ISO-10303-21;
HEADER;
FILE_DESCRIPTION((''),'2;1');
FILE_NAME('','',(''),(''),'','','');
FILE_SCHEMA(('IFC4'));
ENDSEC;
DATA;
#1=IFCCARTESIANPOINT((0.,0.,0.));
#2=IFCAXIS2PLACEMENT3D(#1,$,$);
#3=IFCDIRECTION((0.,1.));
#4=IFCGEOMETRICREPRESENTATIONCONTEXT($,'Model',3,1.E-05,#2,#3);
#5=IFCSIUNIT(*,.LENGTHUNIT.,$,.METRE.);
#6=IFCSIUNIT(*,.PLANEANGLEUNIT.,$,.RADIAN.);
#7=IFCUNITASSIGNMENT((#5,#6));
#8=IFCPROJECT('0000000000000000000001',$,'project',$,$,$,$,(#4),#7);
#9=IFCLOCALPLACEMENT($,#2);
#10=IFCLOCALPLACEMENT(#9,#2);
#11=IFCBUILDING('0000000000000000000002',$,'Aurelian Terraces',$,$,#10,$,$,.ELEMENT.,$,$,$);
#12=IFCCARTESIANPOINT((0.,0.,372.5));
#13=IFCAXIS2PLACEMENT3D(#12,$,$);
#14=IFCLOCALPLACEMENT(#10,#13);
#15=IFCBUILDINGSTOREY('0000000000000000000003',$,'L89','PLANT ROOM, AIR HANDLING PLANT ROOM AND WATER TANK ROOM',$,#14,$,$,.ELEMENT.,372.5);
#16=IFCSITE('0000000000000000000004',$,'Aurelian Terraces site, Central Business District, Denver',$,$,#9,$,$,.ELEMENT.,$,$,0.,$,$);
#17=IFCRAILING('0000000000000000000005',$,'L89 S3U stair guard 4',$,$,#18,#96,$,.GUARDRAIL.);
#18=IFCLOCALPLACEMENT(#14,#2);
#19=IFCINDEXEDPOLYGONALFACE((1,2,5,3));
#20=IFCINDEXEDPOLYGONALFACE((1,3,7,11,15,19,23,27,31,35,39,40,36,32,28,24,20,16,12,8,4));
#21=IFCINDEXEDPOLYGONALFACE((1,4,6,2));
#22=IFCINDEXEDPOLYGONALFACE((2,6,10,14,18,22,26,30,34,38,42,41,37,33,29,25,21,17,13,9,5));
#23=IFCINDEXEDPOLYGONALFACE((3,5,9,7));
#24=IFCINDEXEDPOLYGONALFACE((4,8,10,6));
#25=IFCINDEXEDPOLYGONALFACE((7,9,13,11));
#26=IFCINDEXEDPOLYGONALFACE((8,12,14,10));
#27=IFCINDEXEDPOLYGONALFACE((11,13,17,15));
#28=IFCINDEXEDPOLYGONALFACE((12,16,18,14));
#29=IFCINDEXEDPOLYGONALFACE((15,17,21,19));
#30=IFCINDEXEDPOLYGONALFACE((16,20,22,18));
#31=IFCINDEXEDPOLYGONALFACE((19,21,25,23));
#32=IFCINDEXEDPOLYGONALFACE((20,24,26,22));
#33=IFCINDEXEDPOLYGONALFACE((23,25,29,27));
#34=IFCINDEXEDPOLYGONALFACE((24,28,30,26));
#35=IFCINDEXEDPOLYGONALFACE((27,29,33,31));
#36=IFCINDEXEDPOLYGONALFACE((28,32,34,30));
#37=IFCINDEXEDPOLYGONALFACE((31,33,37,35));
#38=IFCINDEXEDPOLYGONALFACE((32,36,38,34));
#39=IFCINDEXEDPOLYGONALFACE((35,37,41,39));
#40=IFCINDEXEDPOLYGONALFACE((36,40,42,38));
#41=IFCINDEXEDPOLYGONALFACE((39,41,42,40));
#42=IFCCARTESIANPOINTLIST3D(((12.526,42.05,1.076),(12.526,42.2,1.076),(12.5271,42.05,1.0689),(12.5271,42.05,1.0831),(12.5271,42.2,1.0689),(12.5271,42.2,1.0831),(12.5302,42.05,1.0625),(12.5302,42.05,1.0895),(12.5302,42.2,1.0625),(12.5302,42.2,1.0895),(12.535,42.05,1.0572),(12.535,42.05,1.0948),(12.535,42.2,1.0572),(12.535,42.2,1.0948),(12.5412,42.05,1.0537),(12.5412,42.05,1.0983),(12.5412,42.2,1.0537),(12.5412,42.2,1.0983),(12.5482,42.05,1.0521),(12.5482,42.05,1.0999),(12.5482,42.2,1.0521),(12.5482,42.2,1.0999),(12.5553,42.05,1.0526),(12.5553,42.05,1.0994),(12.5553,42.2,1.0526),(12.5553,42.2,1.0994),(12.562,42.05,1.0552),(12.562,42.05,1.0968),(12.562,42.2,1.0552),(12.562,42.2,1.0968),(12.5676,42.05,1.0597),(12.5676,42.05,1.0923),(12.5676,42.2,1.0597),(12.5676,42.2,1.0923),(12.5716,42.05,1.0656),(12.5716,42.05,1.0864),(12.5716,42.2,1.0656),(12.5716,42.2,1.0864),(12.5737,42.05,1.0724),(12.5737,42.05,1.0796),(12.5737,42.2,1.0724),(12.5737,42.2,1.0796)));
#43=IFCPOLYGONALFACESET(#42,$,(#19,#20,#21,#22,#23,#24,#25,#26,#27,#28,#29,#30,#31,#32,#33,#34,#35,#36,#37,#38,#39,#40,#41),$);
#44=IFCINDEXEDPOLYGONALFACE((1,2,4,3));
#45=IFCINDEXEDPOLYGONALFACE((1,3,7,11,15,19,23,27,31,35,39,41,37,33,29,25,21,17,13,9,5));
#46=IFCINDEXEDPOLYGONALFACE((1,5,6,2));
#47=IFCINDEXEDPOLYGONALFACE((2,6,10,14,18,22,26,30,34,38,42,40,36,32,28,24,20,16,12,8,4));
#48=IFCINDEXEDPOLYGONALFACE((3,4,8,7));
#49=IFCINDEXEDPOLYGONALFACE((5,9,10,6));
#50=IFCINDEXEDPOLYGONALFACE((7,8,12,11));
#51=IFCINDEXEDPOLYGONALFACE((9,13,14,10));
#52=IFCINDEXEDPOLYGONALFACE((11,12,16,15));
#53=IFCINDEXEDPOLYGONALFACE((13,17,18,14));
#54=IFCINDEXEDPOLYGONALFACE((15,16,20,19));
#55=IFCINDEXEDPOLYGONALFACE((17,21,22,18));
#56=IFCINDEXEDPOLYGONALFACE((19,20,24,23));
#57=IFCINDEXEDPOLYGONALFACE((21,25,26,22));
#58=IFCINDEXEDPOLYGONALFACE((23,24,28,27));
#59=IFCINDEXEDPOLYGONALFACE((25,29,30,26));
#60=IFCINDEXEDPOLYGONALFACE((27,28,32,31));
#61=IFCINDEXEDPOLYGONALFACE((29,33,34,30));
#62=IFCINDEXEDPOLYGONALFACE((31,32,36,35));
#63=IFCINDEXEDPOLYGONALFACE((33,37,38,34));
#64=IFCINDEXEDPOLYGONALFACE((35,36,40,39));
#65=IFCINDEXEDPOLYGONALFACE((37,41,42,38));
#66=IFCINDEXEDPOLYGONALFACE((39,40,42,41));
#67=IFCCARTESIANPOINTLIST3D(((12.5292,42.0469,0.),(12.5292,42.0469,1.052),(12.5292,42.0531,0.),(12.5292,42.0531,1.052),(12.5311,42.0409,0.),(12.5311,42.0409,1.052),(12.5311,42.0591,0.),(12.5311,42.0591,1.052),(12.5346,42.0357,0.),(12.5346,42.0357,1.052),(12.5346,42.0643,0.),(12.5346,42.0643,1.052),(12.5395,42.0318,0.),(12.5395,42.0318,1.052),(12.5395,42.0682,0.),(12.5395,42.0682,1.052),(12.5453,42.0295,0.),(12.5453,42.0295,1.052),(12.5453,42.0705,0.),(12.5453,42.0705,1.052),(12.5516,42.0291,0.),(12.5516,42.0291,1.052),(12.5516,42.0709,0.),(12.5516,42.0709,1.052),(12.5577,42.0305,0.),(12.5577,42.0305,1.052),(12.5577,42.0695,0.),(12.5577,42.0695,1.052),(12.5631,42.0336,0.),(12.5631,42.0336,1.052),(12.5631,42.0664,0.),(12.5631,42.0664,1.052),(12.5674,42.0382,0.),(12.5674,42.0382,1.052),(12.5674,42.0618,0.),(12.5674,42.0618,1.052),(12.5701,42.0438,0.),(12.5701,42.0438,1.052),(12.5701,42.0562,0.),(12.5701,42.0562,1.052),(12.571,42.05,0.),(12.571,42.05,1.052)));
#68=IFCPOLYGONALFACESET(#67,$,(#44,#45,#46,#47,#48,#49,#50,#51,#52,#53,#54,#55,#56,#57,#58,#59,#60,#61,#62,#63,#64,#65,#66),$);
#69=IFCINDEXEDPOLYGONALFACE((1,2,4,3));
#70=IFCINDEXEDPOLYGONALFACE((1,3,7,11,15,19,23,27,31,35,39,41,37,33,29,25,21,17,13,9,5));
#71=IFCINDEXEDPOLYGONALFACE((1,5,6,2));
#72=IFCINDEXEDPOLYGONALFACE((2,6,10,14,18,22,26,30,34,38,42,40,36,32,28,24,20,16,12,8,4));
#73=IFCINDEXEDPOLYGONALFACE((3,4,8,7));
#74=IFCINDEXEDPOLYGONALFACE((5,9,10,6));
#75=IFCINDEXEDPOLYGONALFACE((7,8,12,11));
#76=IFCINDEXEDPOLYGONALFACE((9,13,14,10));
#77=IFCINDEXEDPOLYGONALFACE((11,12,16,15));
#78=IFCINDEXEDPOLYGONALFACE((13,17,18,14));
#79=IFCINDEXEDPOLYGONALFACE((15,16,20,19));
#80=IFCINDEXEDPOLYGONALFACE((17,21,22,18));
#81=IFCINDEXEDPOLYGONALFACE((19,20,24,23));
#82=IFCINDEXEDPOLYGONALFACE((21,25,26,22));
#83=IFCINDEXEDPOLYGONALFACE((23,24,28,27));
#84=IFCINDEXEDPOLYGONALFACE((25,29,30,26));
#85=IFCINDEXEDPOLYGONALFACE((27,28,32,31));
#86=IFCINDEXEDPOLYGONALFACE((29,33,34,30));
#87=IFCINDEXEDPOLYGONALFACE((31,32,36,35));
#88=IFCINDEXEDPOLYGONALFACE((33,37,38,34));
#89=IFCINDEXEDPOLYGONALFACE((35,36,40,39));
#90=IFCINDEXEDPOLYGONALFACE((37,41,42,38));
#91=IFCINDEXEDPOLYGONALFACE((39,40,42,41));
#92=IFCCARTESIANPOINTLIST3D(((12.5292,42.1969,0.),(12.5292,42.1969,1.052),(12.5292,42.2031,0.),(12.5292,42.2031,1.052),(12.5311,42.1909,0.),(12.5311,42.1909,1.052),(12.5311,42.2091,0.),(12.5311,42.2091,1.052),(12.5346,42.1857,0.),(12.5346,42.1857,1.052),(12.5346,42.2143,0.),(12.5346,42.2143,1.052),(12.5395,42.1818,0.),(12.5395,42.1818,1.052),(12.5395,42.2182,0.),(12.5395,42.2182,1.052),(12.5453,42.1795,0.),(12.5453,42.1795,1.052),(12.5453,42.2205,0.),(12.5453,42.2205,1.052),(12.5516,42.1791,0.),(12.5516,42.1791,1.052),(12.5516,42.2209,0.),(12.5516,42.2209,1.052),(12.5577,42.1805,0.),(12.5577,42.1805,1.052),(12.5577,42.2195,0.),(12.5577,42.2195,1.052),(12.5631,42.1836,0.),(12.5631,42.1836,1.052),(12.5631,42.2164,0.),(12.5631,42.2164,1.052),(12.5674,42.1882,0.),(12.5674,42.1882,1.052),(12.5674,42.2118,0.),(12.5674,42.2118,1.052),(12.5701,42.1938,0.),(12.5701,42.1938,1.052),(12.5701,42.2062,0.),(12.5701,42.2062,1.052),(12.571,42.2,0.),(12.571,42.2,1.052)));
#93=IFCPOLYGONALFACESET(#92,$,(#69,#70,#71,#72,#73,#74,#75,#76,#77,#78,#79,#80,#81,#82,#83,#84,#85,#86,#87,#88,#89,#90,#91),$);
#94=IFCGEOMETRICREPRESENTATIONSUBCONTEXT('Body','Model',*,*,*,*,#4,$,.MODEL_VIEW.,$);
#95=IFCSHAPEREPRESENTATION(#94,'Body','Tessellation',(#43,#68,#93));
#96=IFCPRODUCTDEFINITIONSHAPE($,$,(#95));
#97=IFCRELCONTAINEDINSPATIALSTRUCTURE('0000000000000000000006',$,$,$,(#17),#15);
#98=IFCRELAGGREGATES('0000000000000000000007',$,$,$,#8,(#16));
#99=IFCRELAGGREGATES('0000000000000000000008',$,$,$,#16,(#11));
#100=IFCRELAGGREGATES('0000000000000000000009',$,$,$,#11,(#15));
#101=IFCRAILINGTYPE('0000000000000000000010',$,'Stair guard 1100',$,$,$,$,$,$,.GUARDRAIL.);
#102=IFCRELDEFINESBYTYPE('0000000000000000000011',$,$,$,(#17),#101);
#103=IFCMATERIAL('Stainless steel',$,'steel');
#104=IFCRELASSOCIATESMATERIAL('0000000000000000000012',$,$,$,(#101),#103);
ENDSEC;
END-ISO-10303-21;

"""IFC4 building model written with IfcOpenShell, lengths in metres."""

from ifc_helpers import new_model, si_unit, direction, frame, origin, origin_2d, place, context, subcontext, project, spatial, circle, extrude, source, transform, mapped, material, type_object, element, save


model = new_model("IFC4")

# Units and contexts
model_context = context("Model", 3, precision=1e-05, world=origin(), true_north=direction((0.0, 1.0)))
body_context = subcontext(model_context, "Body", "Model", "MODEL_VIEW")
ifc_project = project(units=[si_unit("LENGTHUNIT", "METRE"), si_unit("PLANEANGLEUNIT", "RADIAN")], contexts=[model_context])

# Site, building, storey
site_placement = place(None, origin())
site = spatial("IfcSite", under=ifc_project, at=site_placement, Name="Aurelian Terraces site, Central Business District, Denver", CompositionType="ELEMENT", RefElevation=0.0)
building_placement = place(site_placement, origin())
building = spatial("IfcBuilding", under=site, at=building_placement, Name="Aurelian Terraces", CompositionType="ELEMENT")
storey_placement = place(building_placement, frame((0.0, 0.0, 372.5)))
storey = spatial("IfcBuildingStorey", under=building, at=storey_placement, Name="L89", Description="PLANT ROOM, AIR HANDLING PLANT ROOM AND WATER TANK ROOM", CompositionType="ELEMENT", Elevation=372.5)

# Railing
ifc_material_1 = material(Name="Stainless steel", Category="steel")
railing_type_1 = type_object("IfcRailingType", Name="Stair guard 1100", PredefinedType="GUARDRAIL", material=ifc_material_1)
shared_shape_1 = source(origin(), body_context, "Body", "SweptSolid", [
    extrude(circle(Radius=0.024, at=origin_2d()), frame((0.0, 0.0, 1.076), z_axis=(0.0, 1.0, 0.0), x_axis=(-1.0, 0.0, 0.0)), (0.0, 0.0, 1.0), 0.15),
    extrude(circle(Radius=0.021, at=origin_2d()), origin(), (0.0, 0.0, 1.0), 1.052),
    extrude(circle(Radius=0.021, at=origin_2d()), frame((0.0, 0.15, 0.0)), (0.0, 0.0, 1.0), 1.052),
])
for number, where, name in (
    (1, (12.55, 42.05, 0.0), "L89 S3U stair guard 4"),
):
    element("IfcRailing", number, at=place(storey_placement, frame(where)), inside=storey, type_object=railing_type_1, Name=name, PredefinedType="GUARDRAIL", context=body_context, shape_type="MappedRepresentation", body=[
        mapped(shared_shape_1, transform((0.0, 0.0, 0.0), scale=1.0)),
    ])

save(model, "model.ifc")
